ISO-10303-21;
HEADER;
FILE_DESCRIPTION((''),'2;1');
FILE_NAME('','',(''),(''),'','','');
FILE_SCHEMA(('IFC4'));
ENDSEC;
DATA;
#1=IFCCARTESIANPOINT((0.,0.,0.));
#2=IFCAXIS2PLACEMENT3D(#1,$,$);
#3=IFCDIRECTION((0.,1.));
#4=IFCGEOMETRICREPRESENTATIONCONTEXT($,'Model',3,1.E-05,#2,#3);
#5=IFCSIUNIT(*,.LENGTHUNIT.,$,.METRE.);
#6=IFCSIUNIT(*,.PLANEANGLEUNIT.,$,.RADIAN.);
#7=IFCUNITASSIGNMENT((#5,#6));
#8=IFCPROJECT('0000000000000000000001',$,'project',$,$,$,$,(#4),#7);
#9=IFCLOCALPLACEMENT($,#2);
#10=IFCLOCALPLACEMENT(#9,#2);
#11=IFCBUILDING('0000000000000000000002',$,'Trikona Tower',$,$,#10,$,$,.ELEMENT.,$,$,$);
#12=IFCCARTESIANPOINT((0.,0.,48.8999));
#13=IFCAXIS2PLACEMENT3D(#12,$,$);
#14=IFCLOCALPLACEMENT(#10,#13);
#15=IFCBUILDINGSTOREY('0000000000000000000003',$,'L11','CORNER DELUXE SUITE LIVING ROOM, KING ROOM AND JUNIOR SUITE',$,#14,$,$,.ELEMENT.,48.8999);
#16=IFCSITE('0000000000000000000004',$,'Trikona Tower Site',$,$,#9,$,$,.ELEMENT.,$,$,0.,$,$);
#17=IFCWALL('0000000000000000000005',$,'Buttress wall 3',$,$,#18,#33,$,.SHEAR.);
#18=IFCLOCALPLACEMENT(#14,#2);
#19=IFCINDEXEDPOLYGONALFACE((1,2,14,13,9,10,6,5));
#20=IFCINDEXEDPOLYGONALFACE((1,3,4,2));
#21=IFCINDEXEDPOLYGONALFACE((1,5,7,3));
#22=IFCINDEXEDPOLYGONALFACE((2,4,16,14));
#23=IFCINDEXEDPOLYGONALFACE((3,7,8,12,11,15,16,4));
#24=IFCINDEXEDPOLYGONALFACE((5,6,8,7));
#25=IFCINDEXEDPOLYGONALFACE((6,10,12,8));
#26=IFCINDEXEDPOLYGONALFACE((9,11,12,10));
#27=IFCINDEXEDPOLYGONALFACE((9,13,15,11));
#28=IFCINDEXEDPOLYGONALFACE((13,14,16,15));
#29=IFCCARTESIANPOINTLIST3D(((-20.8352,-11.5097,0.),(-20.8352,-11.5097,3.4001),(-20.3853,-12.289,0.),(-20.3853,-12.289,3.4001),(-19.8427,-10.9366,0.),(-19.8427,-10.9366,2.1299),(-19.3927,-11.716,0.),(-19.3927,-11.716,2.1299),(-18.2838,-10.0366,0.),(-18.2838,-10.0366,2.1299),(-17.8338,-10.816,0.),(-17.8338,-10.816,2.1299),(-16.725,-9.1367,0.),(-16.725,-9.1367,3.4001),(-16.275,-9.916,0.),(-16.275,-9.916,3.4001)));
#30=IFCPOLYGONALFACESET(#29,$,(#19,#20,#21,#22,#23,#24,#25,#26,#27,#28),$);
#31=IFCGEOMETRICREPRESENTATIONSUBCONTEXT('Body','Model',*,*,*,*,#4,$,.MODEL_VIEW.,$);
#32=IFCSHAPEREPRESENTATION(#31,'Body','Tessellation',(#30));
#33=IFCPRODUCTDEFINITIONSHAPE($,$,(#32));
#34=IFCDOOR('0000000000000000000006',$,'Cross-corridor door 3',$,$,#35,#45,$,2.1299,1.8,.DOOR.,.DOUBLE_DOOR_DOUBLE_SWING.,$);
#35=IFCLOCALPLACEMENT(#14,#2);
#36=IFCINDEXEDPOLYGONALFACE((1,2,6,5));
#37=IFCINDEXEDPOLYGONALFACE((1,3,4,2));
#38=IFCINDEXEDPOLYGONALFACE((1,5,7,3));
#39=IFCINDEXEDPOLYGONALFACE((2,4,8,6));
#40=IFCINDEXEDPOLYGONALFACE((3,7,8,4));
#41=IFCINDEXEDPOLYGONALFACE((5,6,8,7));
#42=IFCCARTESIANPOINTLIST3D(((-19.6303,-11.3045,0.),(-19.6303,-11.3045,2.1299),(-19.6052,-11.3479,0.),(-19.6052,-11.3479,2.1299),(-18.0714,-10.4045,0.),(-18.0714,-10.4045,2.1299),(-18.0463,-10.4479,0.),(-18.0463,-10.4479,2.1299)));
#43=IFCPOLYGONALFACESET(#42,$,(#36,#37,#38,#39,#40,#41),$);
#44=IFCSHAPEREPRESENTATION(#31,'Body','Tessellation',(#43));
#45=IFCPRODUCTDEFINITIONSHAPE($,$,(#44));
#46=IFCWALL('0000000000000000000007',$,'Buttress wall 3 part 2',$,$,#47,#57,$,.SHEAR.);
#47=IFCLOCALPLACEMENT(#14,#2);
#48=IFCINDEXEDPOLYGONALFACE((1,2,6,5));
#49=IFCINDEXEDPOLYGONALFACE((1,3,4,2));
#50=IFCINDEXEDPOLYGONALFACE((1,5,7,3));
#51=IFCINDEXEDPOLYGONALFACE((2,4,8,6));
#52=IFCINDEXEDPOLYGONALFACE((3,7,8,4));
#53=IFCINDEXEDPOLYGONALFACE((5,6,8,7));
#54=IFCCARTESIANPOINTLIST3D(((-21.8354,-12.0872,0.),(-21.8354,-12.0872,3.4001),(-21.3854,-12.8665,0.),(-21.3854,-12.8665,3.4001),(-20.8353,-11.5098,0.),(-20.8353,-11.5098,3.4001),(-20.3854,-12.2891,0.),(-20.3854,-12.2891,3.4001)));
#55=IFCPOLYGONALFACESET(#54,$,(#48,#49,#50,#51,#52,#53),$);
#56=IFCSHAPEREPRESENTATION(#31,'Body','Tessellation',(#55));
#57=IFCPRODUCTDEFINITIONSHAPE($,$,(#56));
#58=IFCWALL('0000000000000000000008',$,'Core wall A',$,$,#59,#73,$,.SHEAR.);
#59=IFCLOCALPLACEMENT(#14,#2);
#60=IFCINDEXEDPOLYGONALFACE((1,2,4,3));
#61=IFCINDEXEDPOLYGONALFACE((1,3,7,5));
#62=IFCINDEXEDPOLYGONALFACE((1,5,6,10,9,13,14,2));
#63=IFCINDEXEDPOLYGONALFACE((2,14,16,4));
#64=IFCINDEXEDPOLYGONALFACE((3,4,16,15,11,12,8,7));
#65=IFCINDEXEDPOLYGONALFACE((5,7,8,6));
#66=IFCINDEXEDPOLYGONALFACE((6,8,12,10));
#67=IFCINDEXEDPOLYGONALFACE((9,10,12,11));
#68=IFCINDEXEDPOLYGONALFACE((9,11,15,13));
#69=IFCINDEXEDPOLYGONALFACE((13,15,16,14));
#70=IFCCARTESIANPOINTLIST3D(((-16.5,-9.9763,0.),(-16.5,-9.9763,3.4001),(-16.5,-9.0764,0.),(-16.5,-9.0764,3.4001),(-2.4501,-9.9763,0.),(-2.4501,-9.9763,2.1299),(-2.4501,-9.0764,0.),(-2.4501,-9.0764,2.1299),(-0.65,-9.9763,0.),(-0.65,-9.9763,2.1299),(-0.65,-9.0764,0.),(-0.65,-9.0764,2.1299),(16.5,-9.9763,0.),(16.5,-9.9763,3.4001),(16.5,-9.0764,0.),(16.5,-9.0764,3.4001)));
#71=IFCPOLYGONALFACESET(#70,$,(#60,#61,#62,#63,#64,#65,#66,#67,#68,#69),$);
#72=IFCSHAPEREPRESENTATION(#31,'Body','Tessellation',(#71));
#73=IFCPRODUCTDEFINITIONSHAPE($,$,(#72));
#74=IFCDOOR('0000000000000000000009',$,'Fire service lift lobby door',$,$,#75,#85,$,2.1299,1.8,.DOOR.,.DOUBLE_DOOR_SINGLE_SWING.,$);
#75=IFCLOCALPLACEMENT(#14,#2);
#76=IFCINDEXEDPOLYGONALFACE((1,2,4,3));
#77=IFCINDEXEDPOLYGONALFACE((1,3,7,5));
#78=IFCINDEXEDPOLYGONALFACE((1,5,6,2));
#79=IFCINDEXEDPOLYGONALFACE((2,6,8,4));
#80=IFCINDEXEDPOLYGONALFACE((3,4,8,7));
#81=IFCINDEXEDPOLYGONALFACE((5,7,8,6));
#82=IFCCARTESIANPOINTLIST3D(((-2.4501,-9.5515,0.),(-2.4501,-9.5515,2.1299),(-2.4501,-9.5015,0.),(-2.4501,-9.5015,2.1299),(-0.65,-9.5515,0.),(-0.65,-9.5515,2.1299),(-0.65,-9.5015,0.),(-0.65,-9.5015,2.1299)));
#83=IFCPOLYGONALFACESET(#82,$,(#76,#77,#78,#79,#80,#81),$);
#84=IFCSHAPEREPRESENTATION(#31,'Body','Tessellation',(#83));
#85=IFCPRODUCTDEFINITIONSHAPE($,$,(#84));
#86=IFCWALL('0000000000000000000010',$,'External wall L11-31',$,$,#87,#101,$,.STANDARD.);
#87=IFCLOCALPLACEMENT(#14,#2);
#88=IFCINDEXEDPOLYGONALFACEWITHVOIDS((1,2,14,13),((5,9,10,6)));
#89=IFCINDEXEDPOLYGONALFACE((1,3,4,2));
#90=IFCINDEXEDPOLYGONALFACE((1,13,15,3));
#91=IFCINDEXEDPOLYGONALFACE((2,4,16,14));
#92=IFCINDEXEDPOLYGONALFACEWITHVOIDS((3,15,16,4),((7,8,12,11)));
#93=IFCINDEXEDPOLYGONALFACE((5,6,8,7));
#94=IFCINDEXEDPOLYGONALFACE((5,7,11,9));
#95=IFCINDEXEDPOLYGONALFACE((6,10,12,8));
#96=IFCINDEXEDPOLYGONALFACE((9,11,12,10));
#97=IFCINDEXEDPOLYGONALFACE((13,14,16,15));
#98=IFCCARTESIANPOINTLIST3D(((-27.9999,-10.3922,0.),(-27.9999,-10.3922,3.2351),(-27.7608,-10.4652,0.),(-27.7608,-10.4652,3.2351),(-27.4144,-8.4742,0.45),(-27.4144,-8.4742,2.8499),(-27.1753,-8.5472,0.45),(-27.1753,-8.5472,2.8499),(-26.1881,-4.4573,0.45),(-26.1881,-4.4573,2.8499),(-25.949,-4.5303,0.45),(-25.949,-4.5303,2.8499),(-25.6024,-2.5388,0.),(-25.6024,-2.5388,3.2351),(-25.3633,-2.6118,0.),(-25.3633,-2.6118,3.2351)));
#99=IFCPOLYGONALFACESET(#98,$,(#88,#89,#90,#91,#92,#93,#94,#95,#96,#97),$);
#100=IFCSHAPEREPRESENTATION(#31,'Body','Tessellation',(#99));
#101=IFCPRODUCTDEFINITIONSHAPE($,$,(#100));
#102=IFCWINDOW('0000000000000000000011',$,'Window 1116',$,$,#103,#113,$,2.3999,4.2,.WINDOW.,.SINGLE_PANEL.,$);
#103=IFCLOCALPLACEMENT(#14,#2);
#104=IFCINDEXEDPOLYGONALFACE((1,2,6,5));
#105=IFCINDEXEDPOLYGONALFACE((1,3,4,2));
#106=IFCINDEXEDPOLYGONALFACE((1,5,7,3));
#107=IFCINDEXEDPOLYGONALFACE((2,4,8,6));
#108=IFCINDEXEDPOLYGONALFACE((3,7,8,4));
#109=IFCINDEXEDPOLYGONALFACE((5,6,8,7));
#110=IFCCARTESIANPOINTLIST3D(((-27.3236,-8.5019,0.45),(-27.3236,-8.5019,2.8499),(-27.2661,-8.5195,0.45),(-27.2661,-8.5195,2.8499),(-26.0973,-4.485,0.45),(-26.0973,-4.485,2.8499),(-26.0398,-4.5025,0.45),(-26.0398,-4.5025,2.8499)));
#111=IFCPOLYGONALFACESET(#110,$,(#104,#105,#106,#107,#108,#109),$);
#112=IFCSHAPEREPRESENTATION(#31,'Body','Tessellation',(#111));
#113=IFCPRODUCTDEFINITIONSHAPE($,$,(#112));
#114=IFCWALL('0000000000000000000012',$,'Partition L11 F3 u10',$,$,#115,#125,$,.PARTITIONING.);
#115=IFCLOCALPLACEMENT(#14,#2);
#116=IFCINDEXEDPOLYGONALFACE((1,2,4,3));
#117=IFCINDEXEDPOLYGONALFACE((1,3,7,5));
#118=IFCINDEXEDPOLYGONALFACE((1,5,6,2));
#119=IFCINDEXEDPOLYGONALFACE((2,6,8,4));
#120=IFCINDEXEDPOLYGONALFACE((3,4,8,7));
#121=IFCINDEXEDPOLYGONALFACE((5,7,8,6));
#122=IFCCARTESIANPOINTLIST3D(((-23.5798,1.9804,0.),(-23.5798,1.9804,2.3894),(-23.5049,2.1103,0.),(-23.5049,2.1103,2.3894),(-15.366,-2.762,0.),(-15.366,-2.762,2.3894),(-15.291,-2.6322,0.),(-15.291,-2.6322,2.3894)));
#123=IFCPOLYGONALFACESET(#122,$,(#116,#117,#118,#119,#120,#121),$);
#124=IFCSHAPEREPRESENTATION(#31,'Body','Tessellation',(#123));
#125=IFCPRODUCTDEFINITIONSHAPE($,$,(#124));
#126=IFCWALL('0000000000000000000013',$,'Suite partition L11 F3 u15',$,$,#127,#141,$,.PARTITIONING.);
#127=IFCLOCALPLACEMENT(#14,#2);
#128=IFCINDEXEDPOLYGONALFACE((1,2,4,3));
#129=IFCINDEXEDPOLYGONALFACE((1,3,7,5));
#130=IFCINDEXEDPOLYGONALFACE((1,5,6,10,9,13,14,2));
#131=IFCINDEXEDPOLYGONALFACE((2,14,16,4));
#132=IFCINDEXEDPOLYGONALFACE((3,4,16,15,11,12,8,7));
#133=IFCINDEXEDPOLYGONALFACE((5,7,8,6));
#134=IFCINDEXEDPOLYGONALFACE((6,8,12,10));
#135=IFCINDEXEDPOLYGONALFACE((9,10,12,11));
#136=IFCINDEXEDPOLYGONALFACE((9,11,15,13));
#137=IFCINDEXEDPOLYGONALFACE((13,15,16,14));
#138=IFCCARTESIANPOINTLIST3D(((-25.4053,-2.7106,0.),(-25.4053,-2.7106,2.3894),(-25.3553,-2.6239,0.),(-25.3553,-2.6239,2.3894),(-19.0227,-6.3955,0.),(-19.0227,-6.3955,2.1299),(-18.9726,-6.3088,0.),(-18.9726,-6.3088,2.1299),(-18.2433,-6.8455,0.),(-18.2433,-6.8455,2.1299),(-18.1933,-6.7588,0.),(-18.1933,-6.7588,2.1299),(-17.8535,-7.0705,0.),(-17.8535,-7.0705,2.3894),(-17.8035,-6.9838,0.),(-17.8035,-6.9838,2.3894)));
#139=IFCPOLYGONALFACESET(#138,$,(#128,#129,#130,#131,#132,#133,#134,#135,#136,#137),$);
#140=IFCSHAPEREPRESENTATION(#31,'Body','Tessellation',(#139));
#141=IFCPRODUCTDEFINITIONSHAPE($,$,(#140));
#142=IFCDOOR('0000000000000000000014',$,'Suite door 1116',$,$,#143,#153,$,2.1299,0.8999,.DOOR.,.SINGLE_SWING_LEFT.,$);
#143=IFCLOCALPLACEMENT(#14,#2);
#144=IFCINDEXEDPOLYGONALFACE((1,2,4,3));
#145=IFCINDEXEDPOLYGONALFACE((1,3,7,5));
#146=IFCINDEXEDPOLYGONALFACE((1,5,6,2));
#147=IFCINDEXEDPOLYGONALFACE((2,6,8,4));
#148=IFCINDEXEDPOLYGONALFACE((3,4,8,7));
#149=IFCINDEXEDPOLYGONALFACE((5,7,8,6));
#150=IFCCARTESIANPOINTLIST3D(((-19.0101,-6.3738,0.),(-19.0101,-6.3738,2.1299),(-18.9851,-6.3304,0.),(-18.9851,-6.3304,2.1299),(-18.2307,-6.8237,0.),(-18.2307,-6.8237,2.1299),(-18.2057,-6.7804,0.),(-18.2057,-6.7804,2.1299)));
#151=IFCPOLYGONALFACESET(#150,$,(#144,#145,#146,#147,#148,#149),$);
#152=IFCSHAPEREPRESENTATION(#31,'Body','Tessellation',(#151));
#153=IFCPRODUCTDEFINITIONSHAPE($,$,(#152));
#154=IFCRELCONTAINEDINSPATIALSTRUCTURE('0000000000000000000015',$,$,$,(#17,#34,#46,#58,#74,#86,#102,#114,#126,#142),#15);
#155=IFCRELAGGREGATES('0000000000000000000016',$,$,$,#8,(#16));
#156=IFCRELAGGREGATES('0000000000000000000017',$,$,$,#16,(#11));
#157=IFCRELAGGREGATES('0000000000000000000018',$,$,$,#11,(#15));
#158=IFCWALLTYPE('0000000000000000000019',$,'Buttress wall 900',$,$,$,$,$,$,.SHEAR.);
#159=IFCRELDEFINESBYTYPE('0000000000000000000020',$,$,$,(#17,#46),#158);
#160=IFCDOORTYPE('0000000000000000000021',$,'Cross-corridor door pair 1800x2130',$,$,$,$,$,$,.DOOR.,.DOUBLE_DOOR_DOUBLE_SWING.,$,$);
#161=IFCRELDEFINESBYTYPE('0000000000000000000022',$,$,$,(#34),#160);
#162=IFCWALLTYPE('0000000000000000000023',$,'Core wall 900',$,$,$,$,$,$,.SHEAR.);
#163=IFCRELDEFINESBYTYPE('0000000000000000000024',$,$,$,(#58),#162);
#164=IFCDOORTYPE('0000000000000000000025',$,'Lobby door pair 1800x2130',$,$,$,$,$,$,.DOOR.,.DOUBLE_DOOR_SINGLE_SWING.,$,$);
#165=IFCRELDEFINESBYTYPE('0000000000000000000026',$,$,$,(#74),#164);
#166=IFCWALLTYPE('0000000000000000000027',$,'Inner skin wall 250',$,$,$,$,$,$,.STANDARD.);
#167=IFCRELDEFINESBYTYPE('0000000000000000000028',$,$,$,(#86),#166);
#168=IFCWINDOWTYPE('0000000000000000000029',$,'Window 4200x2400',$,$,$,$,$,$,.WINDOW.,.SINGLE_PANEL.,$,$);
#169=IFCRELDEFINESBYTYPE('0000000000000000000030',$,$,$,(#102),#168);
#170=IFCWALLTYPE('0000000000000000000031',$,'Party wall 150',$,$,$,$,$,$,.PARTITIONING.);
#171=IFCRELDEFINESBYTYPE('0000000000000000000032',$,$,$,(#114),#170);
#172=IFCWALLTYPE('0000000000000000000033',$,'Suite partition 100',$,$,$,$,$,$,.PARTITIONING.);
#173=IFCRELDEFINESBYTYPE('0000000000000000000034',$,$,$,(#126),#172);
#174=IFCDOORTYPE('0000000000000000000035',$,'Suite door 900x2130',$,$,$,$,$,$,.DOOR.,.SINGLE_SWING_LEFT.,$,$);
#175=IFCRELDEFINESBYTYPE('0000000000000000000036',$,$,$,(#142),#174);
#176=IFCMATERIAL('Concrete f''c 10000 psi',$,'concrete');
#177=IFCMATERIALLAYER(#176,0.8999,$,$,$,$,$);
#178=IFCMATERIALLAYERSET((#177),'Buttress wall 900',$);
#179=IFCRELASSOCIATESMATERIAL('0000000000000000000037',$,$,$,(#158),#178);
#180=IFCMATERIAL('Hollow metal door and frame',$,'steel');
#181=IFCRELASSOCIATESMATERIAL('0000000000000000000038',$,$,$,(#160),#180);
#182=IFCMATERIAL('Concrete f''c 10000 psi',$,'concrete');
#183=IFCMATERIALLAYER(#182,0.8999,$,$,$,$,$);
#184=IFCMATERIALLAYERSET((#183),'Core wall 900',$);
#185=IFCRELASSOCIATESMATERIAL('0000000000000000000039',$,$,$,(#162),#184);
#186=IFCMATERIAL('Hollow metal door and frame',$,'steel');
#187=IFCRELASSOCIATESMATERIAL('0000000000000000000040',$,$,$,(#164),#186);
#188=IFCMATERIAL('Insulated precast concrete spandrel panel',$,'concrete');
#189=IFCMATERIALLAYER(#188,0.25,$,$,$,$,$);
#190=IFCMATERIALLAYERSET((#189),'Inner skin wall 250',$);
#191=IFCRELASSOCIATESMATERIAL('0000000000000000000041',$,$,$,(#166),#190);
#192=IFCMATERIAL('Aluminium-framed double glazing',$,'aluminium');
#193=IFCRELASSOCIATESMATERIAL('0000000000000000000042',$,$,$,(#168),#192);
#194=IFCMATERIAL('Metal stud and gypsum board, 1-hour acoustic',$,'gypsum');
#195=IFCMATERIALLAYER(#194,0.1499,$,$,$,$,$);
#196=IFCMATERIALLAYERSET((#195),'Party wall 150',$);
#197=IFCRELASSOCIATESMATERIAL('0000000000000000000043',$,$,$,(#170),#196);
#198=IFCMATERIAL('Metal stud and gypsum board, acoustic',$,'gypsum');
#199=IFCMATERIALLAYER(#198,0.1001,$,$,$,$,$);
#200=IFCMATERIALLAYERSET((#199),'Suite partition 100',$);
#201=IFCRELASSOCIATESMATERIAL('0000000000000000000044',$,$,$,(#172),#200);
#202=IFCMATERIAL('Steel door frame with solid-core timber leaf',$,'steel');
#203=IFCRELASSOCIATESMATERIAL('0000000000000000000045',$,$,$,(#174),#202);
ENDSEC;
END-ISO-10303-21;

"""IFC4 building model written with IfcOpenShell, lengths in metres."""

from ifc_helpers import new_model, si_unit, direction, frame, frame_2d, origin, place, context, subcontext, project, spatial, rectangle, extrude, material, layer, layer_set, type_object, element, fill, save


model = new_model("IFC4")

# Units and contexts
model_context = context("Model", 3, precision=1e-05, world=origin(), true_north=direction((0.0, 1.0)))
body_context = subcontext(model_context, "Body", "Model", "MODEL_VIEW")
ifc_project = project(units=[si_unit("LENGTHUNIT", "METRE"), si_unit("PLANEANGLEUNIT", "RADIAN")], contexts=[model_context])

# Site, building, storey
site_placement = place(None, origin())
site = spatial("IfcSite", under=ifc_project, at=site_placement, Name="Trikona Tower Site", CompositionType="ELEMENT", RefElevation=0.0)
building_placement = place(site_placement, origin())
building = spatial("IfcBuilding", under=site, at=building_placement, Name="Trikona Tower", CompositionType="ELEMENT")
storey_placement = place(building_placement, frame((0.0, 0.0, 48.8999)))
storey = spatial("IfcBuildingStorey", under=building, at=storey_placement, Name="L11", Description="CORNER DELUXE SUITE LIVING ROOM, KING ROOM AND JUNIOR SUITE", CompositionType="ELEMENT", Elevation=48.8999)

# Wall, opening, door
ifc_material_1 = material(Name="Concrete f'c 10000 psi", Category="concrete")
ifc_layer_1 = layer(ifc_material_1, 0.8999)
ifc_layer_set_1 = layer_set([ifc_layer_1], Name="Buttress wall 900")
wall_type_1 = type_object("IfcWallType", Name="Buttress wall 900", PredefinedType="SHEAR", material=ifc_layer_set_1)
wall_1_placement = place(storey_placement, frame((-16.5, -9.5264, 0.0), z_axis=(0.0, 0.0, 1.0), x_axis=(-0.866031, -0.49999, 0.0)))
wall_1 = element("IfcWall", 1, at=wall_1_placement, inside=storey, type_object=wall_type_1, Name="Buttress wall 3", PredefinedType="SHEAR", context=body_context, shape_type="SweptSolid", body=[
    extrude(rectangle(XDim=4.7461, YDim=0.8999, at=frame_2d((2.373, 0.0))), origin(), (0.0, 0.0, 1.0), 3.4001),
])
opening_1_placement = place(wall_1_placement, frame((1.8, 0.0, 0.0)))
opening_1 = element("IfcOpeningElement", 2, at=opening_1_placement, cuts=wall_1, PredefinedType="OPENING", context=body_context, shape_type="SweptSolid", body=[
    extrude(rectangle(XDim=1.8, YDim=2.1299, at=frame_2d((0.8999, 1.0649))), frame((0.0, 0.46, 0.0), z_axis=(0.0, -1.0, 0.0), x_axis=(1.0, 0.0, 0.0)), (0.0, 0.0, 1.0), 0.9199),
])
ifc_material_2 = material(Name="Hollow metal door and frame", Category="steel")
door_type_1 = type_object("IfcDoorType", Name="Cross-corridor door pair 1800x2130", OperationType="DOUBLE_DOOR_DOUBLE_SWING", PredefinedType="DOOR", material=ifc_material_2)
door_1_placement = place(opening_1_placement, origin())
door_1 = element("IfcDoor", 3, at=door_1_placement, inside=storey, type_object=door_type_1, Name="Cross-corridor door 3", OperationType="DOUBLE_DOOR_DOUBLE_SWING", OverallHeight=2.1299, OverallWidth=1.8, PredefinedType="DOOR", context=body_context, shape_type="SweptSolid", body=[
    extrude(rectangle(XDim=1.8, YDim=2.1299, at=frame_2d((0.8999, 1.0649))), frame((0.0, 0.0249, 0.0), z_axis=(0.0, -1.0, 0.0), x_axis=(1.0, 0.0, 0.0)), (0.0, 0.0, 1.0), 0.05),
])
fill(opening_1, door_1)

# Wall
wall_2_placement = place(storey_placement, frame((-20.6104, -11.8994, 0.0), z_axis=(0.0, 0.0, 1.0), x_axis=(-0.86601, -0.500027, 0.0)))
element("IfcWall", 4, at=wall_2_placement, inside=storey, type_object=wall_type_1, Name="Buttress wall 3 part 2", PredefinedType="SHEAR", context=body_context, shape_type="SweptSolid", body=[
    extrude(rectangle(XDim=1.1548, YDim=0.8999, at=frame_2d((0.5774, 0.0))), origin(), (0.0, 0.0, 1.0), 3.4001),
])

# Wall, opening, door
ifc_material_3 = material(Name="Concrete f'c 10000 psi", Category="concrete")
ifc_layer_2 = layer(ifc_material_3, 0.8999)
ifc_layer_set_2 = layer_set([ifc_layer_2], Name="Core wall 900")
wall_type_2 = type_object("IfcWallType", Name="Core wall 900", PredefinedType="SHEAR", material=ifc_layer_set_2)
wall_3_placement = place(storey_placement, frame((-16.5, -9.5264, 0.0), z_axis=(0.0, 0.0, 1.0), x_axis=(1.0, 0.0, 0.0)))
wall_3 = element("IfcWall", 5, at=wall_3_placement, inside=storey, type_object=wall_type_2, Name="Core wall A", PredefinedType="SHEAR", context=body_context, shape_type="SweptSolid", body=[
    extrude(rectangle(XDim=33.0, YDim=0.8999, at=frame_2d((16.5, 0.0))), origin(), (0.0, 0.0, 1.0), 3.4001),
])
opening_2_placement = place(wall_3_placement, frame((14.05, 0.0, 0.0)))
opening_2 = element("IfcOpeningElement", 6, at=opening_2_placement, cuts=wall_3, PredefinedType="OPENING", context=body_context, shape_type="SweptSolid", body=[
    extrude(rectangle(XDim=1.8, YDim=2.1299, at=frame_2d((0.8999, 1.0649))), frame((0.0, 0.46, 0.0), z_axis=(0.0, -1.0, 0.0), x_axis=(1.0, 0.0, 0.0)), (0.0, 0.0, 1.0), 0.9199),
])
ifc_material_4 = material(Name="Hollow metal door and frame", Category="steel")
door_type_2 = type_object("IfcDoorType", Name="Lobby door pair 1800x2130", OperationType="DOUBLE_DOOR_SINGLE_SWING", PredefinedType="DOOR", material=ifc_material_4)
door_2_placement = place(opening_2_placement, origin())
door_2 = element("IfcDoor", 7, at=door_2_placement, inside=storey, type_object=door_type_2, Name="Fire service lift lobby door", OperationType="DOUBLE_DOOR_SINGLE_SWING", OverallHeight=2.1299, OverallWidth=1.8, PredefinedType="DOOR", context=body_context, shape_type="SweptSolid", body=[
    extrude(rectangle(XDim=1.8, YDim=2.1299, at=frame_2d((0.8999, 1.0649))), frame((0.0, 0.0249, 0.0), z_axis=(0.0, -1.0, 0.0), x_axis=(1.0, 0.0, 0.0)), (0.0, 0.0, 1.0), 0.05),
])
fill(opening_2, door_2)

# Wall, opening, window
ifc_material_5 = material(Name="Insulated precast concrete spandrel panel", Category="concrete")
ifc_layer_3 = layer(ifc_material_5, 0.25)
ifc_layer_set_3 = layer_set([ifc_layer_3], Name="Inner skin wall 250")
wall_type_3 = type_object("IfcWallType", Name="Inner skin wall 250", PredefinedType="STANDARD", material=ifc_layer_set_3)
wall_4_placement = place(storey_placement, frame((-25.4829, -2.5754, 0.0), z_axis=(0.0, 0.0, 1.0), x_axis=(-0.291979, -0.956425, 0.0)))
wall_4 = element("IfcWall", 8, at=wall_4_placement, inside=storey, type_object=wall_type_3, Name="External wall L11-31", PredefinedType="STANDARD", context=body_context, shape_type="SweptSolid", body=[
    extrude(rectangle(XDim=8.2112, YDim=0.25, at=frame_2d((4.1055, 0.0))), origin(), (0.0, 0.0, 1.0), 3.2351),
])
opening_3_placement = place(wall_4_placement, frame((2.0056, 0.0, 0.45)))
opening_3 = element("IfcOpeningElement", 9, at=opening_3_placement, cuts=wall_4, PredefinedType="OPENING", context=body_context, shape_type="SweptSolid", body=[
    extrude(rectangle(XDim=4.2, YDim=2.3999, at=frame_2d((2.1001, 1.2))), frame((0.0, 0.135, 0.0), z_axis=(0.0, -1.0, 0.0), x_axis=(1.0, 0.0, 0.0)), (0.0, 0.0, 1.0), 0.27),
])
ifc_material_6 = material(Name="Aluminium-framed double glazing", Category="aluminium")
window_type_1 = type_object("IfcWindowType", Name="Window 4200x2400", PartitioningType="SINGLE_PANEL", PredefinedType="WINDOW", material=ifc_material_6)
window_1_placement = place(opening_3_placement, origin())
window_1 = element("IfcWindow", 10, at=window_1_placement, inside=storey, type_object=window_type_1, Name="Window 1116", OverallHeight=2.3999, OverallWidth=4.2, PartitioningType="SINGLE_PANEL", PredefinedType="WINDOW", context=body_context, shape_type="SweptSolid", body=[
    extrude(rectangle(XDim=4.2, YDim=2.3999, at=frame_2d((2.1001, 1.2))), frame((0.0, 0.03, 0.0), z_axis=(0.0, -1.0, 0.0), x_axis=(1.0, 0.0, 0.0)), (0.0, 0.0, 1.0), 0.0601),
])
fill(opening_3, window_1)

# Wall
ifc_material_7 = material(Name="Metal stud and gypsum board, 1-hour acoustic", Category="gypsum")
ifc_layer_4 = layer(ifc_material_7, 0.1499)
ifc_layer_set_4 = layer_set([ifc_layer_4], Name="Party wall 150")
wall_type_4 = type_object("IfcWallType", Name="Party wall 150", PredefinedType="PARTITIONING", material=ifc_layer_set_4)
wall_5_placement = place(storey_placement, frame((-15.3286, -2.697, 0.0), z_axis=(0.0, 0.0, 1.0), x_axis=(-0.866018, 0.500012, 0.0)))
element("IfcWall", 11, at=wall_5_placement, inside=storey, type_object=wall_type_4, Name="Partition L11 F3 u10", PredefinedType="PARTITIONING", context=body_context, shape_type="SweptSolid", body=[
    extrude(rectangle(XDim=9.4846, YDim=0.1499, at=frame_2d((4.7422, 0.0))), origin(), (0.0, 0.0, 1.0), 2.3894),
])

# Wall, opening, door
ifc_material_8 = material(Name="Metal stud and gypsum board, acoustic", Category="gypsum")
ifc_layer_5 = layer(ifc_material_8, 0.1001)
ifc_layer_set_5 = layer_set([ifc_layer_5], Name="Suite partition 100")
wall_type_5 = type_object("IfcWallType", Name="Suite partition 100", PredefinedType="PARTITIONING", material=ifc_layer_set_5)
wall_6_placement = place(storey_placement, frame((-17.8286, -7.0271, 0.0), z_axis=(0.0, 0.0, 1.0), x_axis=(-0.866033, 0.499987, 0.0)))
wall_6 = element("IfcWall", 12, at=wall_6_placement, inside=storey, type_object=wall_type_5, Name="Suite partition L11 F3 u15", PredefinedType="PARTITIONING", context=body_context, shape_type="SweptSolid", body=[
    extrude(rectangle(XDim=8.72, YDim=0.1001, at=frame_2d((4.3599, 0.0))), origin(), (0.0, 0.0, 1.0), 2.3894),
])
opening_4_placement = place(wall_6_placement, frame((0.45, 0.0, 0.0)))
opening_4 = element("IfcOpeningElement", 13, at=opening_4_placement, cuts=wall_6, PredefinedType="OPENING", context=body_context, shape_type="SweptSolid", body=[
    extrude(rectangle(XDim=0.8999, YDim=2.1299, at=frame_2d((0.45, 1.0649))), frame((0.0, 0.0601, 0.0), z_axis=(0.0, -1.0, 0.0), x_axis=(1.0, 0.0, 0.0)), (0.0, 0.0, 1.0), 0.1201),
])
ifc_material_9 = material(Name="Steel door frame with solid-core timber leaf", Category="steel")
door_type_3 = type_object("IfcDoorType", Name="Suite door 900x2130", OperationType="SINGLE_SWING_LEFT", PredefinedType="DOOR", material=ifc_material_9)
door_3_placement = place(opening_4_placement, origin())
door_3 = element("IfcDoor", 14, at=door_3_placement, inside=storey, type_object=door_type_3, Name="Suite door 1116", OperationType="SINGLE_SWING_LEFT", OverallHeight=2.1299, OverallWidth=0.8999, PredefinedType="DOOR", context=body_context, shape_type="SweptSolid", body=[
    extrude(rectangle(XDim=0.8999, YDim=2.1299, at=frame_2d((0.45, 1.0649))), frame((0.0, 0.0249, 0.0), z_axis=(0.0, -1.0, 0.0), x_axis=(1.0, 0.0, 0.0)), (0.0, 0.0, 1.0), 0.05),
])
fill(opening_4, door_3)

save(model, "model.ifc")
